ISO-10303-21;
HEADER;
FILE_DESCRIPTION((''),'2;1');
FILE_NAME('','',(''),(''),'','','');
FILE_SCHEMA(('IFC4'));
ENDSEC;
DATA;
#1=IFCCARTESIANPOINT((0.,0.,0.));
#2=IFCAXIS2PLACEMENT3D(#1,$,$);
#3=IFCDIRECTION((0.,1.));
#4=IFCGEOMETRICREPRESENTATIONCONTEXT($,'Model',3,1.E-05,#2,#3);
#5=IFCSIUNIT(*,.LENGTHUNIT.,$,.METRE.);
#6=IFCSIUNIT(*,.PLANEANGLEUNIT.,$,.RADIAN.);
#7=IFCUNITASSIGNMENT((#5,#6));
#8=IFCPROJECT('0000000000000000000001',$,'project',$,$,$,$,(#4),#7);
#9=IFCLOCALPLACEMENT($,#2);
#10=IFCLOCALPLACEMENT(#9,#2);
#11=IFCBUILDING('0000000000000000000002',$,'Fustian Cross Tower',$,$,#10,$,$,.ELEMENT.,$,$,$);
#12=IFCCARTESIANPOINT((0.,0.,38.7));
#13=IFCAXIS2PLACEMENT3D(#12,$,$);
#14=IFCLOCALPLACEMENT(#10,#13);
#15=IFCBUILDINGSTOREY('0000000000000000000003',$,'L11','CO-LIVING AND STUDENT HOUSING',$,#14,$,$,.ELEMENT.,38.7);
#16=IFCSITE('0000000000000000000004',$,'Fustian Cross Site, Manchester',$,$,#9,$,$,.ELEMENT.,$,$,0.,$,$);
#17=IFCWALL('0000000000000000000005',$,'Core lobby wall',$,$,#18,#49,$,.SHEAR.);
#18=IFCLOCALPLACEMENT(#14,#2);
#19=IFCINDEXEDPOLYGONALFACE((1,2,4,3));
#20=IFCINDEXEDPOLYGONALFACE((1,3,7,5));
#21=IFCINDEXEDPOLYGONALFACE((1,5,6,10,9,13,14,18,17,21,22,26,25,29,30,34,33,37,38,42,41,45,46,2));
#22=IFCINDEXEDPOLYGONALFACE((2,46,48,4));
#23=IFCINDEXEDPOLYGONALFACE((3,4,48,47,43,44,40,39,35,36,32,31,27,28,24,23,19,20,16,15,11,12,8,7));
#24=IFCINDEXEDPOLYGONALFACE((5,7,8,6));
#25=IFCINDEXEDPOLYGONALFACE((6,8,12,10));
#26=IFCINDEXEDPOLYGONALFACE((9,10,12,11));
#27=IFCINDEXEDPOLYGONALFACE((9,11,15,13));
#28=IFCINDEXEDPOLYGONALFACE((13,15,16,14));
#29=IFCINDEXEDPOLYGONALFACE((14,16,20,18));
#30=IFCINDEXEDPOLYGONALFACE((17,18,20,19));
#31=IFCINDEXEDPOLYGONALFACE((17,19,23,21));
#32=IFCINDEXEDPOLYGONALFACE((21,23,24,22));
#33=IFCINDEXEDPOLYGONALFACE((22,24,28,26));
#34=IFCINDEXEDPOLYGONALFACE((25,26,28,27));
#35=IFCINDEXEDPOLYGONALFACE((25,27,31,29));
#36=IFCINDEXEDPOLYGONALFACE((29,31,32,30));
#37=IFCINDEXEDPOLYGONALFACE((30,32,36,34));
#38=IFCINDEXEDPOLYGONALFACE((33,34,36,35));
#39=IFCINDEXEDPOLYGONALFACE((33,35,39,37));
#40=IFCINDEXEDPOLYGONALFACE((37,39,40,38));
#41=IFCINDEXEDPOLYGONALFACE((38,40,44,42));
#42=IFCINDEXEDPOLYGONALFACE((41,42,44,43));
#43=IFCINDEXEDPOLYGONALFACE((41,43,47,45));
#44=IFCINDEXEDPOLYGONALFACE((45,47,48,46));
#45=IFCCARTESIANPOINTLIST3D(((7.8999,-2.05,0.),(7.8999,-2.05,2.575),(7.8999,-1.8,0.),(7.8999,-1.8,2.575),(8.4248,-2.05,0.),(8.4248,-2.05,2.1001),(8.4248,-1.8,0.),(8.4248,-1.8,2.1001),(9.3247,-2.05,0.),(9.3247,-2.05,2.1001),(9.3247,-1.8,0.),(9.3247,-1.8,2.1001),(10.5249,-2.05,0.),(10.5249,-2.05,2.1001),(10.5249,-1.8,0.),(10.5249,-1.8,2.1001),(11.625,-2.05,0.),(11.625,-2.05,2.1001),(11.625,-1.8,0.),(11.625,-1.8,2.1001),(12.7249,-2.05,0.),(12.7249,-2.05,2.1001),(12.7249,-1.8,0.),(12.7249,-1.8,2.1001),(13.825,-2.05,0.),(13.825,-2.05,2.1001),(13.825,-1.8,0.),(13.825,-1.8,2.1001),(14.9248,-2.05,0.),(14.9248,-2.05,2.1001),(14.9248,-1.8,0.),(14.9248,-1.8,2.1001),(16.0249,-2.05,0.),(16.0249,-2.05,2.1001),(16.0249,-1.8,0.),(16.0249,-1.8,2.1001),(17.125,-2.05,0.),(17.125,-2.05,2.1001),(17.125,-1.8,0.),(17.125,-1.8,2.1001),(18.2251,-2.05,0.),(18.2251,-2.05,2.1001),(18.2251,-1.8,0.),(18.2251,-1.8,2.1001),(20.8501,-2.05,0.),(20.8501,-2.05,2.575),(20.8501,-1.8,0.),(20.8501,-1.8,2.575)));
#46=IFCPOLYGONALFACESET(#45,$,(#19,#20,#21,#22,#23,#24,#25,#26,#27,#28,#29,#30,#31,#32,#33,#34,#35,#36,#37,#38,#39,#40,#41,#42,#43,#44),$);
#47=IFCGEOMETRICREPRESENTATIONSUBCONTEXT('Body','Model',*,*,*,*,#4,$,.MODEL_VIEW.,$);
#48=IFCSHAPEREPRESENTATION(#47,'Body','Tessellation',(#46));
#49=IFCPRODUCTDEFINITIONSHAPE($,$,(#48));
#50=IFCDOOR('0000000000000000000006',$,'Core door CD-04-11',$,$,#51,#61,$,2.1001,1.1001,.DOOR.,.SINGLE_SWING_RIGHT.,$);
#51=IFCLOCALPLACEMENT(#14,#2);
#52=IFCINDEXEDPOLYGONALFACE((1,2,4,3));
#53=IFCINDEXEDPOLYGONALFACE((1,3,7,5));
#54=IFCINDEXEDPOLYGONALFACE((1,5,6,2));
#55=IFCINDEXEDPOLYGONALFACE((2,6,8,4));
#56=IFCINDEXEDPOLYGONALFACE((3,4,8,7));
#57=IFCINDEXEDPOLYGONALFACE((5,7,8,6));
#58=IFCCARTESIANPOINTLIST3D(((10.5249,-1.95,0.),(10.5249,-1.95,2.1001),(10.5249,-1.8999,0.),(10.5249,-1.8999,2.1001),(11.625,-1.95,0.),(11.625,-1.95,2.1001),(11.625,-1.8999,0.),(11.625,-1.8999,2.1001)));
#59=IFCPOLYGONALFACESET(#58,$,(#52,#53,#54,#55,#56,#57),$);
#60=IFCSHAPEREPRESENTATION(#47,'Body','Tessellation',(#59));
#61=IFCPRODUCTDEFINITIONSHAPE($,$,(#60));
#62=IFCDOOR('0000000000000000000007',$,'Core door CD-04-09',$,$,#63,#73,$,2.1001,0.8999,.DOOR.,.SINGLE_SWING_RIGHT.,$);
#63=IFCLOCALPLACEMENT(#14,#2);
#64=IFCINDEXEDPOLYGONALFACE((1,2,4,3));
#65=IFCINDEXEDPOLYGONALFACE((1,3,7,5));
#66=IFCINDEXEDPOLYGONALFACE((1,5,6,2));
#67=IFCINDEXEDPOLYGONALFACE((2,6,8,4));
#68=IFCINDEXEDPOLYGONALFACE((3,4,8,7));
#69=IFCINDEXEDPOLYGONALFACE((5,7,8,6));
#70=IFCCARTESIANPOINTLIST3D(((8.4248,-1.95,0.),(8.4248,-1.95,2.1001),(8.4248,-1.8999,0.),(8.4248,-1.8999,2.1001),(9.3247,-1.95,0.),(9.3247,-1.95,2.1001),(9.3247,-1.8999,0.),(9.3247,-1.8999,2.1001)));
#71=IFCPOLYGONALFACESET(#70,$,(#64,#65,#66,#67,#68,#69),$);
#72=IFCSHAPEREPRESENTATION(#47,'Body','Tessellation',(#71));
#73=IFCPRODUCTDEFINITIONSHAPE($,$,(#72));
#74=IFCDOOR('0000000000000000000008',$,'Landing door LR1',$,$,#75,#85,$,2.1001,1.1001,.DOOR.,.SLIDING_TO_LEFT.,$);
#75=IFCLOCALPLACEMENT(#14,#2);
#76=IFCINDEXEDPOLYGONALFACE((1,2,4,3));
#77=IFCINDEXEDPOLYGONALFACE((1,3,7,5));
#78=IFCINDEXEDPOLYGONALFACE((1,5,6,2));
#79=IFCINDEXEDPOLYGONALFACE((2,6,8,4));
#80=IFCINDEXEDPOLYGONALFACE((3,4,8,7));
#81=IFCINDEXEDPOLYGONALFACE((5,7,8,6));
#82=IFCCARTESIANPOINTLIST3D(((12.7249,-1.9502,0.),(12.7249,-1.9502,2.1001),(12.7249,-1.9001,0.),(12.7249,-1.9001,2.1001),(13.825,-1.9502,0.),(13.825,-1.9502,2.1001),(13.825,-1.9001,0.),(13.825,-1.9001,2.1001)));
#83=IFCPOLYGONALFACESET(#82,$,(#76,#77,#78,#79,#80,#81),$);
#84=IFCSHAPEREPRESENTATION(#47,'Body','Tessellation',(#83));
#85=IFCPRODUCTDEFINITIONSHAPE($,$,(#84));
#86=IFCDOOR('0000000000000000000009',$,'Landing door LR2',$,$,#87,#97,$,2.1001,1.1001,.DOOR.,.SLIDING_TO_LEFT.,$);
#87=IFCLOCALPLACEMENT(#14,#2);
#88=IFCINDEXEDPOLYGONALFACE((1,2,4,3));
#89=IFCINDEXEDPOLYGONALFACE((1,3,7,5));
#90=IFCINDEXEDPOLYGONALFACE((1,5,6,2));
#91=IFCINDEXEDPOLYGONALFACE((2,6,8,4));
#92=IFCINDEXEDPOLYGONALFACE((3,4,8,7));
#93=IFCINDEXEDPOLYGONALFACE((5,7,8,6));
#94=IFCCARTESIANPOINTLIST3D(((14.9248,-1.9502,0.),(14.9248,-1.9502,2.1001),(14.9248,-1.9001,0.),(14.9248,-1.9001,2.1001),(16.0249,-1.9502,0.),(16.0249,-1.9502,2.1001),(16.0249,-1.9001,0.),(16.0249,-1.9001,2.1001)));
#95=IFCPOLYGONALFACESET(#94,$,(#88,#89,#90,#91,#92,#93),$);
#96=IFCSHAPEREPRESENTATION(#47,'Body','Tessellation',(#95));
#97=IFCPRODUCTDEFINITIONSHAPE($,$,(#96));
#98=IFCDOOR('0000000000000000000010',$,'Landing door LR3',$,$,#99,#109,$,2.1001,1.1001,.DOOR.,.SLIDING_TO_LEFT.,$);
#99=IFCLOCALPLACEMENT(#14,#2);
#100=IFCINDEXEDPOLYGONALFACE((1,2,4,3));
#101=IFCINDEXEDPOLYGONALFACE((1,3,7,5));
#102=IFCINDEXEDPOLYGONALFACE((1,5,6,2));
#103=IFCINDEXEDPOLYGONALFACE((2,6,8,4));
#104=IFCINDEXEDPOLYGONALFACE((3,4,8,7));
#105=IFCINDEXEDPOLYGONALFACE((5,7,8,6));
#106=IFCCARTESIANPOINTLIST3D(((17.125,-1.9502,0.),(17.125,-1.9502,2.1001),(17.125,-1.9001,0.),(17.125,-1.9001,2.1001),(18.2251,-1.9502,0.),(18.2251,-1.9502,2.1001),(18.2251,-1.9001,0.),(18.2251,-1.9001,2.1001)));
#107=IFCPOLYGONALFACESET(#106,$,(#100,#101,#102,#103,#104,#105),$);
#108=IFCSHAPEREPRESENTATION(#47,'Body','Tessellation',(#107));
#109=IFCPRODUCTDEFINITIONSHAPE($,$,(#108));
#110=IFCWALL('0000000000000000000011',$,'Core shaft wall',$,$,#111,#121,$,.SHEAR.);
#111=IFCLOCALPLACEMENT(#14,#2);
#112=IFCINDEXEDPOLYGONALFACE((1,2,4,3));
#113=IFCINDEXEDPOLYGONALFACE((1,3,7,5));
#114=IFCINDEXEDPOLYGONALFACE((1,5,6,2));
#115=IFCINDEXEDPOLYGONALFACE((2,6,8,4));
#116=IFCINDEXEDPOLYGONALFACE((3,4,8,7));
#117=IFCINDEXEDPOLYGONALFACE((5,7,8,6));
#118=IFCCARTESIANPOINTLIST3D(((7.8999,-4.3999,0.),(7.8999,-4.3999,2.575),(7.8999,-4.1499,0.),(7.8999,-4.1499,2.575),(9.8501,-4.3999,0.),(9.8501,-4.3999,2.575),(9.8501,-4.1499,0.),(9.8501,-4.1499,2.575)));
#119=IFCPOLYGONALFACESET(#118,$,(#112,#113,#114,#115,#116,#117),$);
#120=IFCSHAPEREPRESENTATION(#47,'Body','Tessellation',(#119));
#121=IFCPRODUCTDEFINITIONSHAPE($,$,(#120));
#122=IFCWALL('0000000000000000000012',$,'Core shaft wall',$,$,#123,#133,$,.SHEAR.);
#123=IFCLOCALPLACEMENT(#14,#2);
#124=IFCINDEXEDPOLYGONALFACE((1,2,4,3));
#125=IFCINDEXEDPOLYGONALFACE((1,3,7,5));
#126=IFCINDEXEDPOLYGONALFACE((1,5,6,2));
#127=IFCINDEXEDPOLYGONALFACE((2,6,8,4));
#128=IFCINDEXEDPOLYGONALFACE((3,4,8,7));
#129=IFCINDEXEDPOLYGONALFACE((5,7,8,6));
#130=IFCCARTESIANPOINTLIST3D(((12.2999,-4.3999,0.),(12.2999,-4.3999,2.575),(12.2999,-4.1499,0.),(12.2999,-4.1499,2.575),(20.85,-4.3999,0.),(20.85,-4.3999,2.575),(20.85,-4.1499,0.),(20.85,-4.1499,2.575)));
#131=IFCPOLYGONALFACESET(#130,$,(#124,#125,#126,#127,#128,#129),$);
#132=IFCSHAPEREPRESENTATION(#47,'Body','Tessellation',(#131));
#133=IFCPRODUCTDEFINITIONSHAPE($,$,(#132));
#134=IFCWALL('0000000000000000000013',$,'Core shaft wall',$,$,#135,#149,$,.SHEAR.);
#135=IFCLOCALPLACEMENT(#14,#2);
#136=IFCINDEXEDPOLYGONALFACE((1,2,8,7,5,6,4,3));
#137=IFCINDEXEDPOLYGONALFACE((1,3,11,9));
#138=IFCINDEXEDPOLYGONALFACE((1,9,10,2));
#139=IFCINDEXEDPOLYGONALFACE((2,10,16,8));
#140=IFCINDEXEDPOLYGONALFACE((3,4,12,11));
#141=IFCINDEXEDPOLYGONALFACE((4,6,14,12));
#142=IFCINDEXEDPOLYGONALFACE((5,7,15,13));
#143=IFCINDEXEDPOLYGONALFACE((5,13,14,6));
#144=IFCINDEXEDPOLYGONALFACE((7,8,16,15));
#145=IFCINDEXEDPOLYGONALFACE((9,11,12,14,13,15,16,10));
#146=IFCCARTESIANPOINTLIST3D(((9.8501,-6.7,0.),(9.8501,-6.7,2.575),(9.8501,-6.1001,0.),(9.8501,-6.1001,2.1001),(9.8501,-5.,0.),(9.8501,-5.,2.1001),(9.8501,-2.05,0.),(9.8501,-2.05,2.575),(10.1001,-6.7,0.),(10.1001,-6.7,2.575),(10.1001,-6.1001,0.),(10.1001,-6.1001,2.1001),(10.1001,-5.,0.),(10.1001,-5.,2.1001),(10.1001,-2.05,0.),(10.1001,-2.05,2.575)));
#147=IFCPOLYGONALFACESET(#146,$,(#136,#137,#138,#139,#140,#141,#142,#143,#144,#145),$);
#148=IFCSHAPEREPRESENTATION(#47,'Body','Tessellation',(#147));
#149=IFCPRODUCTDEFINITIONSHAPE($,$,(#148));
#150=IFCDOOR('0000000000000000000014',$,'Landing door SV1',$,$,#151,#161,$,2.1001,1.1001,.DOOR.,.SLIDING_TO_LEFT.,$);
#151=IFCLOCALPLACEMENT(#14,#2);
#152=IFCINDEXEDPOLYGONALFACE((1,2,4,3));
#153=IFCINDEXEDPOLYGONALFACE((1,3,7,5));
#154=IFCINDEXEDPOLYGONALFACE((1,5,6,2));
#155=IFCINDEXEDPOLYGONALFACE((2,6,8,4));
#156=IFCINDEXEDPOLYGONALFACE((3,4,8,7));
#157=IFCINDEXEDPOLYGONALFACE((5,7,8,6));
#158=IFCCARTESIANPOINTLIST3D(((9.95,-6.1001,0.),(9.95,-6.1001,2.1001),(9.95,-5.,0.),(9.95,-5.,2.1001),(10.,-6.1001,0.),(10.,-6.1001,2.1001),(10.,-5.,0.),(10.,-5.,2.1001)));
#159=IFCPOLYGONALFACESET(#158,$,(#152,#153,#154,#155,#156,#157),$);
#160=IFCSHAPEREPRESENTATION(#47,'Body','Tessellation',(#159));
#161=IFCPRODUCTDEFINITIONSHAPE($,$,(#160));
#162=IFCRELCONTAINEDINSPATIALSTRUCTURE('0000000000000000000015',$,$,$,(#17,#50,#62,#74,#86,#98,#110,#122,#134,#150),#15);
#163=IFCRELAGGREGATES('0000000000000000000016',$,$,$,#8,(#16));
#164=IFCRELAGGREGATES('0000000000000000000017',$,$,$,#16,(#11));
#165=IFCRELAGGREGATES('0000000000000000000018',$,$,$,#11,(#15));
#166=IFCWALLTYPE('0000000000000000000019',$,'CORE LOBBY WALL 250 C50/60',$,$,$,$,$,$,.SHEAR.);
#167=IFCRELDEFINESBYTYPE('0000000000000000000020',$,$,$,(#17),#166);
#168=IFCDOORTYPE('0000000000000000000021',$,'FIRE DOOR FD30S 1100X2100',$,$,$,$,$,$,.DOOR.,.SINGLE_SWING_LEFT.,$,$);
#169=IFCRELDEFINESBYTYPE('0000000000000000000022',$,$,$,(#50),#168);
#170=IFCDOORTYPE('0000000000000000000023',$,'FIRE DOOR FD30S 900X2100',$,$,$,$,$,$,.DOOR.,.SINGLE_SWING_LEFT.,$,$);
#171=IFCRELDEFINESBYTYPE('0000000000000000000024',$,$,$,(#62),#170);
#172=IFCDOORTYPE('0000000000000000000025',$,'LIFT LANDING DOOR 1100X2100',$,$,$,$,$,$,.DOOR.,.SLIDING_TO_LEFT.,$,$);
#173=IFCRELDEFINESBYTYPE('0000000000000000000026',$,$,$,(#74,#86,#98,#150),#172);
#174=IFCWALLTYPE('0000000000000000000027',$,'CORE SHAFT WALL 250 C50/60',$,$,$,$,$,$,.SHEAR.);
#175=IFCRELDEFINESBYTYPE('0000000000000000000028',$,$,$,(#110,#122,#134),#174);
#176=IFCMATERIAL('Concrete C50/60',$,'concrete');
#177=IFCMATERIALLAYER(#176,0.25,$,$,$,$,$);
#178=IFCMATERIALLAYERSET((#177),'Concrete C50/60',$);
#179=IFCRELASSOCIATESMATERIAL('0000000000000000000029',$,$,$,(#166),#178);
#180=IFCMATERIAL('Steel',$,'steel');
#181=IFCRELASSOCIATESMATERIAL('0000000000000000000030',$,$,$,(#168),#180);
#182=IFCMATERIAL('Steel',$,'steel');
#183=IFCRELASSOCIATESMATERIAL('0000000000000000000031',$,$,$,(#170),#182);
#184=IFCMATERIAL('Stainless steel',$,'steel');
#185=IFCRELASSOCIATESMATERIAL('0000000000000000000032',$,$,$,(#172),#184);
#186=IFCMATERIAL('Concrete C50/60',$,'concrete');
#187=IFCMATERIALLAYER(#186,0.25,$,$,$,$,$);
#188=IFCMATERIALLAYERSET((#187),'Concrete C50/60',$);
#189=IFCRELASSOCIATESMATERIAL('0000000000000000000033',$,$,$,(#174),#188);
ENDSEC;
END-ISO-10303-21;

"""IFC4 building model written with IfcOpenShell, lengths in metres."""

from ifc_helpers import new_model, si_unit, direction, frame, frame_2d, origin, place, context, subcontext, project, spatial, rectangle, extrude, material, layer, layer_set, type_object, element, fill, save


model = new_model("IFC4")

# Units and contexts
model_context = context("Model", 3, precision=1e-05, world=origin(), true_north=direction((0.0, 1.0)))
body_context = subcontext(model_context, "Body", "Model", "MODEL_VIEW")
ifc_project = project(units=[si_unit("LENGTHUNIT", "METRE"), si_unit("PLANEANGLEUNIT", "RADIAN")], contexts=[model_context])

# Site, building, storey
site_placement = place(None, origin())
site = spatial("IfcSite", under=ifc_project, at=site_placement, Name="Fustian Cross Site, Manchester", CompositionType="ELEMENT", RefElevation=0.0)
building_placement = place(site_placement, origin())
building = spatial("IfcBuilding", under=site, at=building_placement, Name="Fustian Cross Tower", CompositionType="ELEMENT")
storey_placement = place(building_placement, frame((0.0, 0.0, 38.7)))
storey = spatial("IfcBuildingStorey", under=building, at=storey_placement, Name="L11", Description="CO-LIVING AND STUDENT HOUSING", CompositionType="ELEMENT", Elevation=38.7)

# Wall, openings, doors
ifc_material_1 = material(Name="Concrete C50/60", Category="concrete")
ifc_layer_1 = layer(ifc_material_1, 0.25)
ifc_layer_set_1 = layer_set([ifc_layer_1], Name="Concrete C50/60")
wall_type_1 = type_object("IfcWallType", Name="CORE LOBBY WALL 250 C50/60", PredefinedType="SHEAR", material=ifc_layer_set_1)
wall_1_placement = place(storey_placement, frame((7.8999, -1.925, 0.0), z_axis=(0.0, 0.0, 1.0), x_axis=(1.0, 0.0, 0.0)))
wall_1 = element("IfcWall", 1, at=wall_1_placement, inside=storey, type_object=wall_type_1, Name="Core lobby wall", PredefinedType="SHEAR", context=body_context, shape_type="SweptSolid", body=[
    extrude(rectangle(XDim=12.9502, YDim=0.25, at=frame_2d((6.4751, 0.0))), origin(), (0.0, 0.0, 1.0), 2.575),
])
opening_1_placement = place(wall_1_placement, frame((4.825, 0.0, 0.0)))
opening_1 = element("IfcOpeningElement", 2, at=opening_1_placement, cuts=wall_1, PredefinedType="OPENING", context=body_context, shape_type="SweptSolid", body=[
    extrude(rectangle(XDim=1.1001, YDim=2.1001, at=frame_2d((0.55, 1.05))), frame((0.0, 0.135, 0.0), z_axis=(0.0, -1.0, 0.0), x_axis=(1.0, 0.0, 0.0)), (0.0, 0.0, 1.0), 0.27),
])
opening_2_placement = place(wall_1_placement, frame((7.0249, 0.0, 0.0)))
opening_2 = element("IfcOpeningElement", 3, at=opening_2_placement, cuts=wall_1, PredefinedType="OPENING", context=body_context, shape_type="SweptSolid", body=[
    extrude(rectangle(XDim=1.1001, YDim=2.1001, at=frame_2d((0.55, 1.05))), frame((0.0, 0.135, 0.0), z_axis=(0.0, -1.0, 0.0), x_axis=(1.0, 0.0, 0.0)), (0.0, 0.0, 1.0), 0.27),
])
opening_3_placement = place(wall_1_placement, frame((9.2251, 0.0, 0.0)))
opening_3 = element("IfcOpeningElement", 4, at=opening_3_placement, cuts=wall_1, PredefinedType="OPENING", context=body_context, shape_type="SweptSolid", body=[
    extrude(rectangle(XDim=1.1001, YDim=2.1001, at=frame_2d((0.55, 1.05))), frame((0.0, 0.135, 0.0), z_axis=(0.0, -1.0, 0.0), x_axis=(1.0, 0.0, 0.0)), (0.0, 0.0, 1.0), 0.27),
])
opening_4_placement = place(wall_1_placement, frame((0.5249, 0.0, 0.0)))
opening_4 = element("IfcOpeningElement", 5, at=opening_4_placement, cuts=wall_1, PredefinedType="OPENING", context=body_context, shape_type="SweptSolid", body=[
    extrude(rectangle(XDim=0.8999, YDim=2.1001, at=frame_2d((0.45, 1.05))), frame((0.0, 0.135, 0.0), z_axis=(0.0, -1.0, 0.0), x_axis=(1.0, 0.0, 0.0)), (0.0, 0.0, 1.0), 0.27),
])
opening_5_placement = place(wall_1_placement, frame((2.625, 0.0, 0.0)))
opening_5 = element("IfcOpeningElement", 6, at=opening_5_placement, cuts=wall_1, PredefinedType="OPENING", context=body_context, shape_type="SweptSolid", body=[
    extrude(rectangle(XDim=1.1001, YDim=2.1001, at=frame_2d((0.55, 1.05))), frame((0.0, 0.135, 0.0), z_axis=(0.0, -1.0, 0.0), x_axis=(1.0, 0.0, 0.0)), (0.0, 0.0, 1.0), 0.27),
])
ifc_material_2 = material(Name="Steel", Category="steel")
door_type_1 = type_object("IfcDoorType", Name="FIRE DOOR FD30S 1100X2100", OperationType="SINGLE_SWING_LEFT", PredefinedType="DOOR", material=ifc_material_2)
door_1_placement = place(opening_5_placement, frame((1.1001, 0.0, 0.0), z_axis=(0.0, 0.0, 1.0), x_axis=(-1.0, 0.0, 0.0)))
door_1 = element("IfcDoor", 7, at=door_1_placement, inside=storey, type_object=door_type_1, Name="Core door CD-04-11", OperationType="SINGLE_SWING_RIGHT", OverallHeight=2.1001, OverallWidth=1.1001, PredefinedType="DOOR", context=body_context, shape_type="SweptSolid", body=[
    extrude(rectangle(XDim=1.1001, YDim=2.1001, at=frame_2d((0.55, 1.05))), frame((0.0, 0.0249, 0.0), z_axis=(0.0, -1.0, 0.0), x_axis=(1.0, 0.0, 0.0)), (0.0, 0.0, 1.0), 0.05),
])
fill(opening_5, door_1)
ifc_material_3 = material(Name="Steel", Category="steel")
door_type_2 = type_object("IfcDoorType", Name="FIRE DOOR FD30S 900X2100", OperationType="SINGLE_SWING_LEFT", PredefinedType="DOOR", material=ifc_material_3)
door_2_placement = place(opening_4_placement, frame((0.8999, 0.0, 0.0), z_axis=(0.0, 0.0, 1.0), x_axis=(-1.0, 0.0, 0.0)))
door_2 = element("IfcDoor", 8, at=door_2_placement, inside=storey, type_object=door_type_2, Name="Core door CD-04-09", OperationType="SINGLE_SWING_RIGHT", OverallHeight=2.1001, OverallWidth=0.8999, PredefinedType="DOOR", context=body_context, shape_type="SweptSolid", body=[
    extrude(rectangle(XDim=0.8999, YDim=2.1001, at=frame_2d((0.45, 1.05))), frame((0.0, 0.0249, 0.0), z_axis=(0.0, -1.0, 0.0), x_axis=(1.0, 0.0, 0.0)), (0.0, 0.0, 1.0), 0.05),
])
fill(opening_4, door_2)
ifc_material_4 = material(Name="Stainless steel", Category="steel")
door_type_3 = type_object("IfcDoorType", Name="LIFT LANDING DOOR 1100X2100", OperationType="SLIDING_TO_LEFT", PredefinedType="DOOR", material=ifc_material_4)
door_3_placement = place(opening_1_placement, origin())
door_3 = element("IfcDoor", 9, at=door_3_placement, inside=storey, type_object=door_type_3, Name="Landing door LR1", OperationType="SLIDING_TO_LEFT", OverallHeight=2.1001, OverallWidth=1.1001, PredefinedType="DOOR", context=body_context, shape_type="SweptSolid", body=[
    extrude(rectangle(XDim=1.1001, YDim=2.1001, at=frame_2d((0.55, 1.05))), frame((0.0, 0.0249, 0.0), z_axis=(0.0, -1.0, 0.0), x_axis=(1.0, 0.0, 0.0)), (0.0, 0.0, 1.0), 0.05),
])
fill(opening_1, door_3)
door_4_placement = place(opening_2_placement, origin())
door_4 = element("IfcDoor", 10, at=door_4_placement, inside=storey, type_object=door_type_3, Name="Landing door LR2", OperationType="SLIDING_TO_LEFT", OverallHeight=2.1001, OverallWidth=1.1001, PredefinedType="DOOR", context=body_context, shape_type="SweptSolid", body=[
    extrude(rectangle(XDim=1.1001, YDim=2.1001, at=frame_2d((0.55, 1.05))), frame((0.0, 0.0249, 0.0), z_axis=(0.0, -1.0, 0.0), x_axis=(1.0, 0.0, 0.0)), (0.0, 0.0, 1.0), 0.05),
])
fill(opening_2, door_4)
door_5_placement = place(opening_3_placement, origin())
door_5 = element("IfcDoor", 11, at=door_5_placement, inside=storey, type_object=door_type_3, Name="Landing door LR3", OperationType="SLIDING_TO_LEFT", OverallHeight=2.1001, OverallWidth=1.1001, PredefinedType="DOOR", context=body_context, shape_type="SweptSolid", body=[
    extrude(rectangle(XDim=1.1001, YDim=2.1001, at=frame_2d((0.55, 1.05))), frame((0.0, 0.0249, 0.0), z_axis=(0.0, -1.0, 0.0), x_axis=(1.0, 0.0, 0.0)), (0.0, 0.0, 1.0), 0.05),
])
fill(opening_3, door_5)

# Walls
ifc_material_5 = material(Name="Concrete C50/60", Category="concrete")
ifc_layer_2 = layer(ifc_material_5, 0.25)
ifc_layer_set_2 = layer_set([ifc_layer_2], Name="Concrete C50/60")
wall_type_2 = type_object("IfcWallType", Name="CORE SHAFT WALL 250 C50/60", PredefinedType="SHEAR", material=ifc_layer_set_2)
wall_2_placement = place(storey_placement, frame((7.8999, -4.2749, 0.0), z_axis=(0.0, 0.0, 1.0), x_axis=(1.0, 0.0, 0.0)))
element("IfcWall", 12, at=wall_2_placement, inside=storey, type_object=wall_type_2, Name="Core shaft wall", PredefinedType="SHEAR", context=body_context, shape_type="SweptSolid", body=[
    extrude(rectangle(XDim=1.9502, YDim=0.25, at=frame_2d((0.9751, 0.0))), origin(), (0.0, 0.0, 1.0), 2.575),
])
wall_3_placement = place(storey_placement, frame((12.3, -4.2749, 0.0), z_axis=(0.0, 0.0, 1.0), x_axis=(1.0, 0.0, 0.0)))
element("IfcWall", 13, at=wall_3_placement, inside=storey, type_object=wall_type_2, Name="Core shaft wall", PredefinedType="SHEAR", context=body_context, shape_type="SweptSolid", body=[
    extrude(rectangle(XDim=8.55, YDim=0.25, at=frame_2d((4.2749, 0.0))), origin(), (0.0, 0.0, 1.0), 2.575),
])

# Wall, opening, door
wall_4_placement = place(storey_placement, frame((9.9751, -2.05, 0.0), z_axis=(0.0, 0.0, 1.0), x_axis=(0.0, -1.0, 0.0)))
wall_4 = element("IfcWall", 14, at=wall_4_placement, inside=storey, type_object=wall_type_2, Name="Core shaft wall", PredefinedType="SHEAR", context=body_context, shape_type="SweptSolid", body=[
    extrude(rectangle(XDim=4.6499, YDim=0.25, at=frame_2d((2.325, 0.0))), origin(), (0.0, 0.0, 1.0), 2.575),
])
opening_6_placement = place(wall_4_placement, frame((2.95, 0.0, 0.0)))
opening_6 = element("IfcOpeningElement", 15, at=opening_6_placement, cuts=wall_4, PredefinedType="OPENING", context=body_context, shape_type="SweptSolid", body=[
    extrude(rectangle(XDim=1.1001, YDim=2.1001, at=frame_2d((0.55, 1.05))), frame((0.0, 0.135, 0.0), z_axis=(0.0, -1.0, 0.0), x_axis=(1.0, 0.0, 0.0)), (0.0, 0.0, 1.0), 0.27),
])
door_6_placement = place(opening_6_placement, origin())
door_6 = element("IfcDoor", 16, at=door_6_placement, inside=storey, type_object=door_type_3, Name="Landing door SV1", OperationType="SLIDING_TO_LEFT", OverallHeight=2.1001, OverallWidth=1.1001, PredefinedType="DOOR", context=body_context, shape_type="SweptSolid", body=[
    extrude(rectangle(XDim=1.1001, YDim=2.1001, at=frame_2d((0.55, 1.05))), frame((0.0, 0.0249, 0.0), z_axis=(0.0, -1.0, 0.0), x_axis=(1.0, 0.0, 0.0)), (0.0, 0.0, 1.0), 0.05),
])
fill(opening_6, door_6)

save(model, "model.ifc")
